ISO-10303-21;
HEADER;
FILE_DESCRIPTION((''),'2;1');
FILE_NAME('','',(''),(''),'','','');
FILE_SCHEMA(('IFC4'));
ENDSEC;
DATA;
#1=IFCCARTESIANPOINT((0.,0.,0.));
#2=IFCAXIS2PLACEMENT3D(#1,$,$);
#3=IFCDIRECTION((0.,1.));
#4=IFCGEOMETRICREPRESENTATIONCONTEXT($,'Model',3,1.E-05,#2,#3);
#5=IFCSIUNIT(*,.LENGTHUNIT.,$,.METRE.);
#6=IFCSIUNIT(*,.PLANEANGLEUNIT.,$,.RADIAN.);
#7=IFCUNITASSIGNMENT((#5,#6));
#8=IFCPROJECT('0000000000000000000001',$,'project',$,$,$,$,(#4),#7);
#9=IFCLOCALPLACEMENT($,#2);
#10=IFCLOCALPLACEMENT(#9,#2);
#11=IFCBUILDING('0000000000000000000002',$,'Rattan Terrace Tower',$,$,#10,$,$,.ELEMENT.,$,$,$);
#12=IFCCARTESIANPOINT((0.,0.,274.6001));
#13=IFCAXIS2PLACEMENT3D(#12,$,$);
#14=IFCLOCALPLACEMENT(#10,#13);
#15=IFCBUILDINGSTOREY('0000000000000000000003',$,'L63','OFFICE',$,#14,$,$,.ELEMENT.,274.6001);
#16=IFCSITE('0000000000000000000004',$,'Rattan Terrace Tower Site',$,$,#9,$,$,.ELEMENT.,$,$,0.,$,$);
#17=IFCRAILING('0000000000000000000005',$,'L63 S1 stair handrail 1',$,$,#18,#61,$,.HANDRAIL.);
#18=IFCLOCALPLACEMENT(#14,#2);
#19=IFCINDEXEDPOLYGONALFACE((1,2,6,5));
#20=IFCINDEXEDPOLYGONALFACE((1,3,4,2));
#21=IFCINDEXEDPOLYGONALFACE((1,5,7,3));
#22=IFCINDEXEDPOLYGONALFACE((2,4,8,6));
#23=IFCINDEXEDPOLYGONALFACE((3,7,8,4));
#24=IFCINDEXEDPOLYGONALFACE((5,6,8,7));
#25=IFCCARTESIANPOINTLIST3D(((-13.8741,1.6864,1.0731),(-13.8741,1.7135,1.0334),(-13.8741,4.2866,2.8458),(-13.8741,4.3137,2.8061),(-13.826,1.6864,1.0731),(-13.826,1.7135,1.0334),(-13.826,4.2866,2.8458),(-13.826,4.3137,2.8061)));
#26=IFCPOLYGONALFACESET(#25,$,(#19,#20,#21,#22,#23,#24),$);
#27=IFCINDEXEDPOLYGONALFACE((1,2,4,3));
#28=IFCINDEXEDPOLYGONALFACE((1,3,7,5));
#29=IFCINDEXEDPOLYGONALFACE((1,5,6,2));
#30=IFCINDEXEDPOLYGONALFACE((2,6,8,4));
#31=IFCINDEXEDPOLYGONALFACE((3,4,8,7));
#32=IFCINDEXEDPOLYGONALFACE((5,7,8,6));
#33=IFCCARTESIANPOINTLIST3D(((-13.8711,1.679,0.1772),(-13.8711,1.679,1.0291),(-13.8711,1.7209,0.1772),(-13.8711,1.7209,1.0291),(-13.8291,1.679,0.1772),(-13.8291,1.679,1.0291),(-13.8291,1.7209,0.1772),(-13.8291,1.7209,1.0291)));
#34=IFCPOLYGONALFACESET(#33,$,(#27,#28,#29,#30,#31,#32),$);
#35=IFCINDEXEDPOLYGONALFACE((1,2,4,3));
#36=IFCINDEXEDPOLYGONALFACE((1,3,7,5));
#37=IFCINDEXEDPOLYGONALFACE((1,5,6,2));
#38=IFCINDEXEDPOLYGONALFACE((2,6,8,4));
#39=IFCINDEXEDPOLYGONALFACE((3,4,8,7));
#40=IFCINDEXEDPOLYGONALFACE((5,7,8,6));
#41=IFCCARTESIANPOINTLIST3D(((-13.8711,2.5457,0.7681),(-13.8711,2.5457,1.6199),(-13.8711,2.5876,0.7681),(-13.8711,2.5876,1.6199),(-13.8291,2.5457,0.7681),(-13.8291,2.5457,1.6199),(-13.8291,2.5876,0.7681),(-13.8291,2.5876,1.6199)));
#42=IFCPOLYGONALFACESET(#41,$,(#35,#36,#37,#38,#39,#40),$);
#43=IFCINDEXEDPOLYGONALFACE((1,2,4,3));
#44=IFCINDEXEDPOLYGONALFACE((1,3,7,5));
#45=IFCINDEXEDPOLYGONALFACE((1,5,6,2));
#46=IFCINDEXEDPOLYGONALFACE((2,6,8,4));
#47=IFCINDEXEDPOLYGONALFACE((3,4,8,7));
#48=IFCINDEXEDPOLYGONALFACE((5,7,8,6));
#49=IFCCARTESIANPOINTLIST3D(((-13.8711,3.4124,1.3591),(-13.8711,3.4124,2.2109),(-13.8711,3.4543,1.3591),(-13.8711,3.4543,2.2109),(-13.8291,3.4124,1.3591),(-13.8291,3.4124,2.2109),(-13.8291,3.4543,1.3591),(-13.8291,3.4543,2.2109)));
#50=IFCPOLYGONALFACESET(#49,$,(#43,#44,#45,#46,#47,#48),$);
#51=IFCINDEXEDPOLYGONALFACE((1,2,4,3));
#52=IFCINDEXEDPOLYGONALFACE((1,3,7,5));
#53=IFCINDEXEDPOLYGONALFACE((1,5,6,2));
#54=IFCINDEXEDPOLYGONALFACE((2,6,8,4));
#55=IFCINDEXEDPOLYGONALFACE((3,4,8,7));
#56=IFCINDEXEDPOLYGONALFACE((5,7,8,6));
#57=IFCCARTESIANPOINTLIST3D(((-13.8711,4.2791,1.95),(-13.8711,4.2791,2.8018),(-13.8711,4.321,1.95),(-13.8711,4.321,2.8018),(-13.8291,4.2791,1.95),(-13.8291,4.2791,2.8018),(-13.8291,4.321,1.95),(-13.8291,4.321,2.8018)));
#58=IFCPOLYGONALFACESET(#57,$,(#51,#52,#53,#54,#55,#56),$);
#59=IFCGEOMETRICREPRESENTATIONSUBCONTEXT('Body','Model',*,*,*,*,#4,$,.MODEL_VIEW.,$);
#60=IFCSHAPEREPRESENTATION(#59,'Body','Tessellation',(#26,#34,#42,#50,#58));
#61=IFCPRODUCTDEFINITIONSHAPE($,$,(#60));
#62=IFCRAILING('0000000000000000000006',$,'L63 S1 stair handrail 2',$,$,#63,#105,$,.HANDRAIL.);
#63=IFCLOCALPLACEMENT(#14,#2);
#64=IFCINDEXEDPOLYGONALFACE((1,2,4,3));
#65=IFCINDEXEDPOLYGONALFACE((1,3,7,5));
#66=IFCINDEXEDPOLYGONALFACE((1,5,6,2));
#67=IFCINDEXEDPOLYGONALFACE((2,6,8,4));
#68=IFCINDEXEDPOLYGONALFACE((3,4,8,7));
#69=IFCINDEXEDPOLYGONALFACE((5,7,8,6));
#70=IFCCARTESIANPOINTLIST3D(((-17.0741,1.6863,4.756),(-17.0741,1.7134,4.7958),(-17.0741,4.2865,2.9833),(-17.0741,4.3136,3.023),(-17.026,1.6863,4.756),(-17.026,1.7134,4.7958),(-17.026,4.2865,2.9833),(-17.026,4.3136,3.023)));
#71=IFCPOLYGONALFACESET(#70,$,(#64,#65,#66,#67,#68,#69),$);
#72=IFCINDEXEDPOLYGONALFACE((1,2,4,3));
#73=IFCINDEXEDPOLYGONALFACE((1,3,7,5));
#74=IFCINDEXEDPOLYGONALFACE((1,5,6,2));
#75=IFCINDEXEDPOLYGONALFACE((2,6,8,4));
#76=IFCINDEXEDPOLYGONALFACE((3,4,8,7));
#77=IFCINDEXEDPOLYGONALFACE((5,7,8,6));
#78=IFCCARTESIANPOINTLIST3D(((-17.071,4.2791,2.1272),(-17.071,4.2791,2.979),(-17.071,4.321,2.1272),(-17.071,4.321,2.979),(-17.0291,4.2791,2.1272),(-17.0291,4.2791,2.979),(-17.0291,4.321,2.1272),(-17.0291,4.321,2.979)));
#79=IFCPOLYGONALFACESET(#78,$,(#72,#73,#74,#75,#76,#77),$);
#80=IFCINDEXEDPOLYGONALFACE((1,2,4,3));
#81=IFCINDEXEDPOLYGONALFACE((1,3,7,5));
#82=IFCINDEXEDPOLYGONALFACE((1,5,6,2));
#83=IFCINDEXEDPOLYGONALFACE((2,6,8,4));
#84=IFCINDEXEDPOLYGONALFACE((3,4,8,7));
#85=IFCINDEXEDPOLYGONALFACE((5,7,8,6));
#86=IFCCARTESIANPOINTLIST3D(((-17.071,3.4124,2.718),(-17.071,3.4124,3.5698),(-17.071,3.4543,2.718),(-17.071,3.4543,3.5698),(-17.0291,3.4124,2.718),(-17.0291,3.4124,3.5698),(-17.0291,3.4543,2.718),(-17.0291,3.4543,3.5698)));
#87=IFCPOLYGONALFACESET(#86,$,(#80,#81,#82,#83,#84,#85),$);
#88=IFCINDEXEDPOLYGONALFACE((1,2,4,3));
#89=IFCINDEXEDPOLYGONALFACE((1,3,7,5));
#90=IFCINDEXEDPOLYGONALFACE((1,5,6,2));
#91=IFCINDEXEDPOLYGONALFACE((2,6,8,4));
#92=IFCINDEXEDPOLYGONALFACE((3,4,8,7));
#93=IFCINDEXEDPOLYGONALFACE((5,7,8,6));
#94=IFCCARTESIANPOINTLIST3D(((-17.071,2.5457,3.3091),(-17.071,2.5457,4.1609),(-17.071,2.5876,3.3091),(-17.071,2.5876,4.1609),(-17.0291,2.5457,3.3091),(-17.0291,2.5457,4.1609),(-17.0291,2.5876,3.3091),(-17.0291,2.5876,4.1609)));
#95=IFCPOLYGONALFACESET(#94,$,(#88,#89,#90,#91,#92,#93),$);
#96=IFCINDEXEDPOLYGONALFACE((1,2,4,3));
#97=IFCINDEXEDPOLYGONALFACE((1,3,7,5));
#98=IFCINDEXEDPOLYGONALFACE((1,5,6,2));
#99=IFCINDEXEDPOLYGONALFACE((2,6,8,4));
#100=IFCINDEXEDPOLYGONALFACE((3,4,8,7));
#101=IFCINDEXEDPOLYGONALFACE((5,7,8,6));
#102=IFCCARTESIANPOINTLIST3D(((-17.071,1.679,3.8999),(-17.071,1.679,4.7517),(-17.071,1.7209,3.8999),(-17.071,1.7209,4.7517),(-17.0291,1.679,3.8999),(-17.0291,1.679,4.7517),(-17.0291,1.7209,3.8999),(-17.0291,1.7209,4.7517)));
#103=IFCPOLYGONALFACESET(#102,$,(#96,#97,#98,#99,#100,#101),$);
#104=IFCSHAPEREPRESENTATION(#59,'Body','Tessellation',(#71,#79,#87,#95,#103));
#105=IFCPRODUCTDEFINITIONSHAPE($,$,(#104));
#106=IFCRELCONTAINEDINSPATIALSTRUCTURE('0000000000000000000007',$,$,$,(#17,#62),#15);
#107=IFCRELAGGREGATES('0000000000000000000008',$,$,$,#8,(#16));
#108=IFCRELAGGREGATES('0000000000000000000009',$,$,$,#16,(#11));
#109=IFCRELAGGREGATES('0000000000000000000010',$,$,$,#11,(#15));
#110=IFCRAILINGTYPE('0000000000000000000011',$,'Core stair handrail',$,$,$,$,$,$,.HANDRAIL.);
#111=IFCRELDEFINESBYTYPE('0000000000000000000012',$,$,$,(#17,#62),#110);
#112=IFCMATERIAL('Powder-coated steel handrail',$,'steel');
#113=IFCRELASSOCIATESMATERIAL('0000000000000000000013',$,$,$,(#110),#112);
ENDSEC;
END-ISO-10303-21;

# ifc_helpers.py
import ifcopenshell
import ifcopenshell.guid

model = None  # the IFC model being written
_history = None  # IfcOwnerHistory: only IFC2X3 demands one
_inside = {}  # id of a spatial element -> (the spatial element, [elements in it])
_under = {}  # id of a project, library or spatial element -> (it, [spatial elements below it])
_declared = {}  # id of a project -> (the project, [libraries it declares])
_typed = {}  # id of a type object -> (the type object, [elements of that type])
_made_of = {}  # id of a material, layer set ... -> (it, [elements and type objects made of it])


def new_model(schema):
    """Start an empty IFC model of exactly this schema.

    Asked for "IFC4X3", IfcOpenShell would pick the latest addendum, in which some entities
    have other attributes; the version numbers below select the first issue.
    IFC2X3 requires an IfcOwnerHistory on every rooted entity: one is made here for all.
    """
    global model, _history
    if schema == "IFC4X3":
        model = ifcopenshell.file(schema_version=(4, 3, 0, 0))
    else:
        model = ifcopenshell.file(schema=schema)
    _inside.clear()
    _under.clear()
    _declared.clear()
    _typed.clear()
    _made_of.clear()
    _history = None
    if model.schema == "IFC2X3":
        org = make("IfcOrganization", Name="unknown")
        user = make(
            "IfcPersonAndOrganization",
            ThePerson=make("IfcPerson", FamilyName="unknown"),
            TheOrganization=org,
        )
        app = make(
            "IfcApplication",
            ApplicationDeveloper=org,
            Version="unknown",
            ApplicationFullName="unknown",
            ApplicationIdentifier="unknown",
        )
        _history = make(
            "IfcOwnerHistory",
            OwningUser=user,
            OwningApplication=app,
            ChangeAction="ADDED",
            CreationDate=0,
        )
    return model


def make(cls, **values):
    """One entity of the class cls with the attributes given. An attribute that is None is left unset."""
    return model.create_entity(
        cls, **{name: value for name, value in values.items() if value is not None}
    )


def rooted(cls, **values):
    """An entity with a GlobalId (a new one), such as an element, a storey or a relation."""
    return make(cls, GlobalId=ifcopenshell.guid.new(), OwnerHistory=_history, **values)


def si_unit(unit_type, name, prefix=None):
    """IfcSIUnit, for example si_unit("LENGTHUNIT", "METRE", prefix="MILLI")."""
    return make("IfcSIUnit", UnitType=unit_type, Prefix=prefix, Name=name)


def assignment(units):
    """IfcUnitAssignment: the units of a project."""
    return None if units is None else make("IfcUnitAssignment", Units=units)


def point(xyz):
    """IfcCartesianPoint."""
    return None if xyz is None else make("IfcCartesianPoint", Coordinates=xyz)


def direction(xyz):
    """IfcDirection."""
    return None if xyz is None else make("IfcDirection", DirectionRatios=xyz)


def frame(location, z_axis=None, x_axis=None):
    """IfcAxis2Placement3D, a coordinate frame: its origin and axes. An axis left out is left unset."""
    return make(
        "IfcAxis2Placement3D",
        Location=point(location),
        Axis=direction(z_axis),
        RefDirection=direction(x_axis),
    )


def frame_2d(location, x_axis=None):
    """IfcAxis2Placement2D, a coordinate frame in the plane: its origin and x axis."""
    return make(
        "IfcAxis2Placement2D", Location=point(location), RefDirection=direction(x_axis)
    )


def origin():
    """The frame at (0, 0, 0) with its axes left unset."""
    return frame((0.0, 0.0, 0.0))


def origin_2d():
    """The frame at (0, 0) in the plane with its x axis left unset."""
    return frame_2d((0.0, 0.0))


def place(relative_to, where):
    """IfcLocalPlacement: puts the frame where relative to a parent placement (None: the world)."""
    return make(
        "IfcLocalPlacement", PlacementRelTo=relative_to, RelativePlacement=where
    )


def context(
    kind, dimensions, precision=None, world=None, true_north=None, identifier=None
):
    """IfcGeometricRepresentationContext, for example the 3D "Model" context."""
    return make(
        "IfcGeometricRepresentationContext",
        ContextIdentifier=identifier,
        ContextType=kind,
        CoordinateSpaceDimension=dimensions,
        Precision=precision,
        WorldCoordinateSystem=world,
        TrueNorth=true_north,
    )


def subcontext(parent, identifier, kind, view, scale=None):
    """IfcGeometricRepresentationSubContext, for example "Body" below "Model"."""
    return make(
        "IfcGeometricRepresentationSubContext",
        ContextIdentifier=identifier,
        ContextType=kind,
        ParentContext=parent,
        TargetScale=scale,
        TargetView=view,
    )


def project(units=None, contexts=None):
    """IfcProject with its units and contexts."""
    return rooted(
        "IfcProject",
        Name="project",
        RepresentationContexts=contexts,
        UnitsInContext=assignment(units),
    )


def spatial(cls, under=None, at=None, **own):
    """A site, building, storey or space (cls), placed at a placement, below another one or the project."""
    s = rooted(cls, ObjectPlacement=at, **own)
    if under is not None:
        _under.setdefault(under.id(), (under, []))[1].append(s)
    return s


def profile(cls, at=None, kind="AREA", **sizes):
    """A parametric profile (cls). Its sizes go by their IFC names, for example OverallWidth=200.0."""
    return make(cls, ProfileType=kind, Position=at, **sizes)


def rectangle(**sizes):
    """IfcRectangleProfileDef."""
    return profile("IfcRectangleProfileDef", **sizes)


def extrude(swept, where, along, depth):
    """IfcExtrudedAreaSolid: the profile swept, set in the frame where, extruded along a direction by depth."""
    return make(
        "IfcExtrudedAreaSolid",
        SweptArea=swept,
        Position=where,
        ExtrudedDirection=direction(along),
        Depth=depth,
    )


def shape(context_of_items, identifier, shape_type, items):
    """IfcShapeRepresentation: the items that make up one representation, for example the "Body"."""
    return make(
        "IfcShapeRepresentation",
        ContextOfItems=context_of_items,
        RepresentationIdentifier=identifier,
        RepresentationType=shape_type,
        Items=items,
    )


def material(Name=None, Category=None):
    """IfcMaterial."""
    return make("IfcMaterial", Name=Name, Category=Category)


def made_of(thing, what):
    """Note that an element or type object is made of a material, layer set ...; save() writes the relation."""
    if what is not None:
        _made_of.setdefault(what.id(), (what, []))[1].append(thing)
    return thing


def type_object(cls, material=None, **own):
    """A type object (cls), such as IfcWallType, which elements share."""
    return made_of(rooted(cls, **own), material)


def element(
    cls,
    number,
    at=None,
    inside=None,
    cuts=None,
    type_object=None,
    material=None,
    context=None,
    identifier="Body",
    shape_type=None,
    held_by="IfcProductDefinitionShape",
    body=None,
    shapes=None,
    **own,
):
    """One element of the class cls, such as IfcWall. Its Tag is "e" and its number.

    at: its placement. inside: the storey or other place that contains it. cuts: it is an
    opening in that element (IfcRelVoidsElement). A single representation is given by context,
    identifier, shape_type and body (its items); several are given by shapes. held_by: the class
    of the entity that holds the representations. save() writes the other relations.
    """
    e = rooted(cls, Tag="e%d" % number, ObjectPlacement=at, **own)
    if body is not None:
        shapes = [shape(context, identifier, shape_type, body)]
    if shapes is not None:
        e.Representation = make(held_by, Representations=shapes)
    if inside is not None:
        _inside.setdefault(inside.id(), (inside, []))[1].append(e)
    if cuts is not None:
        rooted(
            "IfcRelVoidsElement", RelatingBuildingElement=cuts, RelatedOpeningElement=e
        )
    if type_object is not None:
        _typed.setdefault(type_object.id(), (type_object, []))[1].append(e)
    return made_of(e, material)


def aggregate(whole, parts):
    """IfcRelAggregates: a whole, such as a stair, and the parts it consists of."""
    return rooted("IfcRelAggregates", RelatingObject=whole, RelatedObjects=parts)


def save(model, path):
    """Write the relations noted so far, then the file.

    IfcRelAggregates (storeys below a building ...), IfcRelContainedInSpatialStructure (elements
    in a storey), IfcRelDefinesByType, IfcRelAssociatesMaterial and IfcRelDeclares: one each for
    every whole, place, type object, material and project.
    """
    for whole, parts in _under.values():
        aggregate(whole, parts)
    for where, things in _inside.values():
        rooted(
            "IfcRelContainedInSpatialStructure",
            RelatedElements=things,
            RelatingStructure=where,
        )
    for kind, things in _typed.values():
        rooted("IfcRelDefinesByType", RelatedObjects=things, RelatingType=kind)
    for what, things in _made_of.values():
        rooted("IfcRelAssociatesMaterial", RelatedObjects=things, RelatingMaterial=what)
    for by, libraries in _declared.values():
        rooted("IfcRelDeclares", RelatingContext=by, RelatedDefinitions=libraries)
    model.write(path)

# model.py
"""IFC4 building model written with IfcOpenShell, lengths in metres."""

from ifc_helpers import new_model, si_unit, direction, frame, origin, origin_2d, place, context, subcontext, project, spatial, rectangle, extrude, material, type_object, element, save


model = new_model("IFC4")

# Units and contexts
model_context = context("Model", 3, precision=1e-05, world=origin(), true_north=direction((0.0, 1.0)))
body_context = subcontext(model_context, "Body", "Model", "MODEL_VIEW")
ifc_project = project(units=[si_unit("LENGTHUNIT", "METRE"), si_unit("PLANEANGLEUNIT", "RADIAN")], contexts=[model_context])

# Site, building, storey
site_placement = place(None, origin())
site = spatial("IfcSite", under=ifc_project, at=site_placement, Name="Rattan Terrace Tower Site", CompositionType="ELEMENT", RefElevation=0.0)
building_placement = place(site_placement, origin())
building = spatial("IfcBuilding", under=site, at=building_placement, Name="Rattan Terrace Tower", CompositionType="ELEMENT")
storey_placement = place(building_placement, frame((0.0, 0.0, 274.6001)))
storey = spatial("IfcBuildingStorey", under=building, at=storey_placement, Name="L63", Description="OFFICE", CompositionType="ELEMENT", Elevation=274.6001)

# Railings
ifc_material_1 = material(Name="Powder-coated steel handrail", Category="steel")
railing_type_1 = type_object("IfcRailingType", Name="Core stair handrail", PredefinedType="HANDRAIL", material=ifc_material_1)
railing_1_placement = place(storey_placement, frame((-13.8501, 1.7, 0.1772)))
element("IfcRailing", 1, at=railing_1_placement, inside=storey, type_object=railing_type_1, Name="L63 S1 stair handrail 1", PredefinedType="HANDRAIL", context=body_context, shape_type="SweptSolid", body=[
    extrude(rectangle(XDim=0.0481, YDim=0.0481, at=origin_2d()), frame((0.0, 0.0, 0.876), z_axis=(0.0, 0.82624, 0.563318), x_axis=(-1.0, 0.0, 0.0)), (0.0, 0.0, 1.0), 3.147),
    extrude(rectangle(XDim=0.042, YDim=0.042, at=origin_2d()), origin(), (0.0, 0.0, 1.0), 0.8518),
    extrude(rectangle(XDim=0.042, YDim=0.042, at=origin_2d()), frame((0.0, 0.8667, 0.5908)), (0.0, 0.0, 1.0), 0.8518),
    extrude(rectangle(XDim=0.042, YDim=0.042, at=origin_2d()), frame((0.0, 1.7334, 1.1819)), (0.0, 0.0, 1.0), 0.8518),
    extrude(rectangle(XDim=0.042, YDim=0.042, at=origin_2d()), frame((0.0, 2.6001, 1.7727)), (0.0, 0.0, 1.0), 0.8518),
])
railing_2_placement = place(storey_placement, frame((-17.05, 4.3, 2.1272)))
element("IfcRailing", 2, at=railing_2_placement, inside=storey, type_object=railing_type_1, Name="L63 S1 stair handrail 2", PredefinedType="HANDRAIL", context=body_context, shape_type="SweptSolid", body=[
    extrude(rectangle(XDim=0.0481, YDim=0.0481, at=origin_2d()), frame((0.0, 0.0, 0.876), z_axis=(0.0, -0.82624, 0.563318), x_axis=(1.0, 0.0, 0.0)), (0.0, 0.0, 1.0), 3.147),
    extrude(rectangle(XDim=0.042, YDim=0.042, at=origin_2d()), origin(), (0.0, 0.0, 1.0), 0.8518),
    extrude(rectangle(XDim=0.042, YDim=0.042, at=origin_2d()), frame((0.0, -0.8667, 0.5908)), (0.0, 0.0, 1.0), 0.8518),
    extrude(rectangle(XDim=0.042, YDim=0.042, at=origin_2d()), frame((0.0, -1.7334, 1.1819)), (0.0, 0.0, 1.0), 0.8518),
    extrude(rectangle(XDim=0.042, YDim=0.042, at=origin_2d()), frame((0.0, -2.6001, 1.7727)), (0.0, 0.0, 1.0), 0.8518),
])

save(model, "model.ifc")
